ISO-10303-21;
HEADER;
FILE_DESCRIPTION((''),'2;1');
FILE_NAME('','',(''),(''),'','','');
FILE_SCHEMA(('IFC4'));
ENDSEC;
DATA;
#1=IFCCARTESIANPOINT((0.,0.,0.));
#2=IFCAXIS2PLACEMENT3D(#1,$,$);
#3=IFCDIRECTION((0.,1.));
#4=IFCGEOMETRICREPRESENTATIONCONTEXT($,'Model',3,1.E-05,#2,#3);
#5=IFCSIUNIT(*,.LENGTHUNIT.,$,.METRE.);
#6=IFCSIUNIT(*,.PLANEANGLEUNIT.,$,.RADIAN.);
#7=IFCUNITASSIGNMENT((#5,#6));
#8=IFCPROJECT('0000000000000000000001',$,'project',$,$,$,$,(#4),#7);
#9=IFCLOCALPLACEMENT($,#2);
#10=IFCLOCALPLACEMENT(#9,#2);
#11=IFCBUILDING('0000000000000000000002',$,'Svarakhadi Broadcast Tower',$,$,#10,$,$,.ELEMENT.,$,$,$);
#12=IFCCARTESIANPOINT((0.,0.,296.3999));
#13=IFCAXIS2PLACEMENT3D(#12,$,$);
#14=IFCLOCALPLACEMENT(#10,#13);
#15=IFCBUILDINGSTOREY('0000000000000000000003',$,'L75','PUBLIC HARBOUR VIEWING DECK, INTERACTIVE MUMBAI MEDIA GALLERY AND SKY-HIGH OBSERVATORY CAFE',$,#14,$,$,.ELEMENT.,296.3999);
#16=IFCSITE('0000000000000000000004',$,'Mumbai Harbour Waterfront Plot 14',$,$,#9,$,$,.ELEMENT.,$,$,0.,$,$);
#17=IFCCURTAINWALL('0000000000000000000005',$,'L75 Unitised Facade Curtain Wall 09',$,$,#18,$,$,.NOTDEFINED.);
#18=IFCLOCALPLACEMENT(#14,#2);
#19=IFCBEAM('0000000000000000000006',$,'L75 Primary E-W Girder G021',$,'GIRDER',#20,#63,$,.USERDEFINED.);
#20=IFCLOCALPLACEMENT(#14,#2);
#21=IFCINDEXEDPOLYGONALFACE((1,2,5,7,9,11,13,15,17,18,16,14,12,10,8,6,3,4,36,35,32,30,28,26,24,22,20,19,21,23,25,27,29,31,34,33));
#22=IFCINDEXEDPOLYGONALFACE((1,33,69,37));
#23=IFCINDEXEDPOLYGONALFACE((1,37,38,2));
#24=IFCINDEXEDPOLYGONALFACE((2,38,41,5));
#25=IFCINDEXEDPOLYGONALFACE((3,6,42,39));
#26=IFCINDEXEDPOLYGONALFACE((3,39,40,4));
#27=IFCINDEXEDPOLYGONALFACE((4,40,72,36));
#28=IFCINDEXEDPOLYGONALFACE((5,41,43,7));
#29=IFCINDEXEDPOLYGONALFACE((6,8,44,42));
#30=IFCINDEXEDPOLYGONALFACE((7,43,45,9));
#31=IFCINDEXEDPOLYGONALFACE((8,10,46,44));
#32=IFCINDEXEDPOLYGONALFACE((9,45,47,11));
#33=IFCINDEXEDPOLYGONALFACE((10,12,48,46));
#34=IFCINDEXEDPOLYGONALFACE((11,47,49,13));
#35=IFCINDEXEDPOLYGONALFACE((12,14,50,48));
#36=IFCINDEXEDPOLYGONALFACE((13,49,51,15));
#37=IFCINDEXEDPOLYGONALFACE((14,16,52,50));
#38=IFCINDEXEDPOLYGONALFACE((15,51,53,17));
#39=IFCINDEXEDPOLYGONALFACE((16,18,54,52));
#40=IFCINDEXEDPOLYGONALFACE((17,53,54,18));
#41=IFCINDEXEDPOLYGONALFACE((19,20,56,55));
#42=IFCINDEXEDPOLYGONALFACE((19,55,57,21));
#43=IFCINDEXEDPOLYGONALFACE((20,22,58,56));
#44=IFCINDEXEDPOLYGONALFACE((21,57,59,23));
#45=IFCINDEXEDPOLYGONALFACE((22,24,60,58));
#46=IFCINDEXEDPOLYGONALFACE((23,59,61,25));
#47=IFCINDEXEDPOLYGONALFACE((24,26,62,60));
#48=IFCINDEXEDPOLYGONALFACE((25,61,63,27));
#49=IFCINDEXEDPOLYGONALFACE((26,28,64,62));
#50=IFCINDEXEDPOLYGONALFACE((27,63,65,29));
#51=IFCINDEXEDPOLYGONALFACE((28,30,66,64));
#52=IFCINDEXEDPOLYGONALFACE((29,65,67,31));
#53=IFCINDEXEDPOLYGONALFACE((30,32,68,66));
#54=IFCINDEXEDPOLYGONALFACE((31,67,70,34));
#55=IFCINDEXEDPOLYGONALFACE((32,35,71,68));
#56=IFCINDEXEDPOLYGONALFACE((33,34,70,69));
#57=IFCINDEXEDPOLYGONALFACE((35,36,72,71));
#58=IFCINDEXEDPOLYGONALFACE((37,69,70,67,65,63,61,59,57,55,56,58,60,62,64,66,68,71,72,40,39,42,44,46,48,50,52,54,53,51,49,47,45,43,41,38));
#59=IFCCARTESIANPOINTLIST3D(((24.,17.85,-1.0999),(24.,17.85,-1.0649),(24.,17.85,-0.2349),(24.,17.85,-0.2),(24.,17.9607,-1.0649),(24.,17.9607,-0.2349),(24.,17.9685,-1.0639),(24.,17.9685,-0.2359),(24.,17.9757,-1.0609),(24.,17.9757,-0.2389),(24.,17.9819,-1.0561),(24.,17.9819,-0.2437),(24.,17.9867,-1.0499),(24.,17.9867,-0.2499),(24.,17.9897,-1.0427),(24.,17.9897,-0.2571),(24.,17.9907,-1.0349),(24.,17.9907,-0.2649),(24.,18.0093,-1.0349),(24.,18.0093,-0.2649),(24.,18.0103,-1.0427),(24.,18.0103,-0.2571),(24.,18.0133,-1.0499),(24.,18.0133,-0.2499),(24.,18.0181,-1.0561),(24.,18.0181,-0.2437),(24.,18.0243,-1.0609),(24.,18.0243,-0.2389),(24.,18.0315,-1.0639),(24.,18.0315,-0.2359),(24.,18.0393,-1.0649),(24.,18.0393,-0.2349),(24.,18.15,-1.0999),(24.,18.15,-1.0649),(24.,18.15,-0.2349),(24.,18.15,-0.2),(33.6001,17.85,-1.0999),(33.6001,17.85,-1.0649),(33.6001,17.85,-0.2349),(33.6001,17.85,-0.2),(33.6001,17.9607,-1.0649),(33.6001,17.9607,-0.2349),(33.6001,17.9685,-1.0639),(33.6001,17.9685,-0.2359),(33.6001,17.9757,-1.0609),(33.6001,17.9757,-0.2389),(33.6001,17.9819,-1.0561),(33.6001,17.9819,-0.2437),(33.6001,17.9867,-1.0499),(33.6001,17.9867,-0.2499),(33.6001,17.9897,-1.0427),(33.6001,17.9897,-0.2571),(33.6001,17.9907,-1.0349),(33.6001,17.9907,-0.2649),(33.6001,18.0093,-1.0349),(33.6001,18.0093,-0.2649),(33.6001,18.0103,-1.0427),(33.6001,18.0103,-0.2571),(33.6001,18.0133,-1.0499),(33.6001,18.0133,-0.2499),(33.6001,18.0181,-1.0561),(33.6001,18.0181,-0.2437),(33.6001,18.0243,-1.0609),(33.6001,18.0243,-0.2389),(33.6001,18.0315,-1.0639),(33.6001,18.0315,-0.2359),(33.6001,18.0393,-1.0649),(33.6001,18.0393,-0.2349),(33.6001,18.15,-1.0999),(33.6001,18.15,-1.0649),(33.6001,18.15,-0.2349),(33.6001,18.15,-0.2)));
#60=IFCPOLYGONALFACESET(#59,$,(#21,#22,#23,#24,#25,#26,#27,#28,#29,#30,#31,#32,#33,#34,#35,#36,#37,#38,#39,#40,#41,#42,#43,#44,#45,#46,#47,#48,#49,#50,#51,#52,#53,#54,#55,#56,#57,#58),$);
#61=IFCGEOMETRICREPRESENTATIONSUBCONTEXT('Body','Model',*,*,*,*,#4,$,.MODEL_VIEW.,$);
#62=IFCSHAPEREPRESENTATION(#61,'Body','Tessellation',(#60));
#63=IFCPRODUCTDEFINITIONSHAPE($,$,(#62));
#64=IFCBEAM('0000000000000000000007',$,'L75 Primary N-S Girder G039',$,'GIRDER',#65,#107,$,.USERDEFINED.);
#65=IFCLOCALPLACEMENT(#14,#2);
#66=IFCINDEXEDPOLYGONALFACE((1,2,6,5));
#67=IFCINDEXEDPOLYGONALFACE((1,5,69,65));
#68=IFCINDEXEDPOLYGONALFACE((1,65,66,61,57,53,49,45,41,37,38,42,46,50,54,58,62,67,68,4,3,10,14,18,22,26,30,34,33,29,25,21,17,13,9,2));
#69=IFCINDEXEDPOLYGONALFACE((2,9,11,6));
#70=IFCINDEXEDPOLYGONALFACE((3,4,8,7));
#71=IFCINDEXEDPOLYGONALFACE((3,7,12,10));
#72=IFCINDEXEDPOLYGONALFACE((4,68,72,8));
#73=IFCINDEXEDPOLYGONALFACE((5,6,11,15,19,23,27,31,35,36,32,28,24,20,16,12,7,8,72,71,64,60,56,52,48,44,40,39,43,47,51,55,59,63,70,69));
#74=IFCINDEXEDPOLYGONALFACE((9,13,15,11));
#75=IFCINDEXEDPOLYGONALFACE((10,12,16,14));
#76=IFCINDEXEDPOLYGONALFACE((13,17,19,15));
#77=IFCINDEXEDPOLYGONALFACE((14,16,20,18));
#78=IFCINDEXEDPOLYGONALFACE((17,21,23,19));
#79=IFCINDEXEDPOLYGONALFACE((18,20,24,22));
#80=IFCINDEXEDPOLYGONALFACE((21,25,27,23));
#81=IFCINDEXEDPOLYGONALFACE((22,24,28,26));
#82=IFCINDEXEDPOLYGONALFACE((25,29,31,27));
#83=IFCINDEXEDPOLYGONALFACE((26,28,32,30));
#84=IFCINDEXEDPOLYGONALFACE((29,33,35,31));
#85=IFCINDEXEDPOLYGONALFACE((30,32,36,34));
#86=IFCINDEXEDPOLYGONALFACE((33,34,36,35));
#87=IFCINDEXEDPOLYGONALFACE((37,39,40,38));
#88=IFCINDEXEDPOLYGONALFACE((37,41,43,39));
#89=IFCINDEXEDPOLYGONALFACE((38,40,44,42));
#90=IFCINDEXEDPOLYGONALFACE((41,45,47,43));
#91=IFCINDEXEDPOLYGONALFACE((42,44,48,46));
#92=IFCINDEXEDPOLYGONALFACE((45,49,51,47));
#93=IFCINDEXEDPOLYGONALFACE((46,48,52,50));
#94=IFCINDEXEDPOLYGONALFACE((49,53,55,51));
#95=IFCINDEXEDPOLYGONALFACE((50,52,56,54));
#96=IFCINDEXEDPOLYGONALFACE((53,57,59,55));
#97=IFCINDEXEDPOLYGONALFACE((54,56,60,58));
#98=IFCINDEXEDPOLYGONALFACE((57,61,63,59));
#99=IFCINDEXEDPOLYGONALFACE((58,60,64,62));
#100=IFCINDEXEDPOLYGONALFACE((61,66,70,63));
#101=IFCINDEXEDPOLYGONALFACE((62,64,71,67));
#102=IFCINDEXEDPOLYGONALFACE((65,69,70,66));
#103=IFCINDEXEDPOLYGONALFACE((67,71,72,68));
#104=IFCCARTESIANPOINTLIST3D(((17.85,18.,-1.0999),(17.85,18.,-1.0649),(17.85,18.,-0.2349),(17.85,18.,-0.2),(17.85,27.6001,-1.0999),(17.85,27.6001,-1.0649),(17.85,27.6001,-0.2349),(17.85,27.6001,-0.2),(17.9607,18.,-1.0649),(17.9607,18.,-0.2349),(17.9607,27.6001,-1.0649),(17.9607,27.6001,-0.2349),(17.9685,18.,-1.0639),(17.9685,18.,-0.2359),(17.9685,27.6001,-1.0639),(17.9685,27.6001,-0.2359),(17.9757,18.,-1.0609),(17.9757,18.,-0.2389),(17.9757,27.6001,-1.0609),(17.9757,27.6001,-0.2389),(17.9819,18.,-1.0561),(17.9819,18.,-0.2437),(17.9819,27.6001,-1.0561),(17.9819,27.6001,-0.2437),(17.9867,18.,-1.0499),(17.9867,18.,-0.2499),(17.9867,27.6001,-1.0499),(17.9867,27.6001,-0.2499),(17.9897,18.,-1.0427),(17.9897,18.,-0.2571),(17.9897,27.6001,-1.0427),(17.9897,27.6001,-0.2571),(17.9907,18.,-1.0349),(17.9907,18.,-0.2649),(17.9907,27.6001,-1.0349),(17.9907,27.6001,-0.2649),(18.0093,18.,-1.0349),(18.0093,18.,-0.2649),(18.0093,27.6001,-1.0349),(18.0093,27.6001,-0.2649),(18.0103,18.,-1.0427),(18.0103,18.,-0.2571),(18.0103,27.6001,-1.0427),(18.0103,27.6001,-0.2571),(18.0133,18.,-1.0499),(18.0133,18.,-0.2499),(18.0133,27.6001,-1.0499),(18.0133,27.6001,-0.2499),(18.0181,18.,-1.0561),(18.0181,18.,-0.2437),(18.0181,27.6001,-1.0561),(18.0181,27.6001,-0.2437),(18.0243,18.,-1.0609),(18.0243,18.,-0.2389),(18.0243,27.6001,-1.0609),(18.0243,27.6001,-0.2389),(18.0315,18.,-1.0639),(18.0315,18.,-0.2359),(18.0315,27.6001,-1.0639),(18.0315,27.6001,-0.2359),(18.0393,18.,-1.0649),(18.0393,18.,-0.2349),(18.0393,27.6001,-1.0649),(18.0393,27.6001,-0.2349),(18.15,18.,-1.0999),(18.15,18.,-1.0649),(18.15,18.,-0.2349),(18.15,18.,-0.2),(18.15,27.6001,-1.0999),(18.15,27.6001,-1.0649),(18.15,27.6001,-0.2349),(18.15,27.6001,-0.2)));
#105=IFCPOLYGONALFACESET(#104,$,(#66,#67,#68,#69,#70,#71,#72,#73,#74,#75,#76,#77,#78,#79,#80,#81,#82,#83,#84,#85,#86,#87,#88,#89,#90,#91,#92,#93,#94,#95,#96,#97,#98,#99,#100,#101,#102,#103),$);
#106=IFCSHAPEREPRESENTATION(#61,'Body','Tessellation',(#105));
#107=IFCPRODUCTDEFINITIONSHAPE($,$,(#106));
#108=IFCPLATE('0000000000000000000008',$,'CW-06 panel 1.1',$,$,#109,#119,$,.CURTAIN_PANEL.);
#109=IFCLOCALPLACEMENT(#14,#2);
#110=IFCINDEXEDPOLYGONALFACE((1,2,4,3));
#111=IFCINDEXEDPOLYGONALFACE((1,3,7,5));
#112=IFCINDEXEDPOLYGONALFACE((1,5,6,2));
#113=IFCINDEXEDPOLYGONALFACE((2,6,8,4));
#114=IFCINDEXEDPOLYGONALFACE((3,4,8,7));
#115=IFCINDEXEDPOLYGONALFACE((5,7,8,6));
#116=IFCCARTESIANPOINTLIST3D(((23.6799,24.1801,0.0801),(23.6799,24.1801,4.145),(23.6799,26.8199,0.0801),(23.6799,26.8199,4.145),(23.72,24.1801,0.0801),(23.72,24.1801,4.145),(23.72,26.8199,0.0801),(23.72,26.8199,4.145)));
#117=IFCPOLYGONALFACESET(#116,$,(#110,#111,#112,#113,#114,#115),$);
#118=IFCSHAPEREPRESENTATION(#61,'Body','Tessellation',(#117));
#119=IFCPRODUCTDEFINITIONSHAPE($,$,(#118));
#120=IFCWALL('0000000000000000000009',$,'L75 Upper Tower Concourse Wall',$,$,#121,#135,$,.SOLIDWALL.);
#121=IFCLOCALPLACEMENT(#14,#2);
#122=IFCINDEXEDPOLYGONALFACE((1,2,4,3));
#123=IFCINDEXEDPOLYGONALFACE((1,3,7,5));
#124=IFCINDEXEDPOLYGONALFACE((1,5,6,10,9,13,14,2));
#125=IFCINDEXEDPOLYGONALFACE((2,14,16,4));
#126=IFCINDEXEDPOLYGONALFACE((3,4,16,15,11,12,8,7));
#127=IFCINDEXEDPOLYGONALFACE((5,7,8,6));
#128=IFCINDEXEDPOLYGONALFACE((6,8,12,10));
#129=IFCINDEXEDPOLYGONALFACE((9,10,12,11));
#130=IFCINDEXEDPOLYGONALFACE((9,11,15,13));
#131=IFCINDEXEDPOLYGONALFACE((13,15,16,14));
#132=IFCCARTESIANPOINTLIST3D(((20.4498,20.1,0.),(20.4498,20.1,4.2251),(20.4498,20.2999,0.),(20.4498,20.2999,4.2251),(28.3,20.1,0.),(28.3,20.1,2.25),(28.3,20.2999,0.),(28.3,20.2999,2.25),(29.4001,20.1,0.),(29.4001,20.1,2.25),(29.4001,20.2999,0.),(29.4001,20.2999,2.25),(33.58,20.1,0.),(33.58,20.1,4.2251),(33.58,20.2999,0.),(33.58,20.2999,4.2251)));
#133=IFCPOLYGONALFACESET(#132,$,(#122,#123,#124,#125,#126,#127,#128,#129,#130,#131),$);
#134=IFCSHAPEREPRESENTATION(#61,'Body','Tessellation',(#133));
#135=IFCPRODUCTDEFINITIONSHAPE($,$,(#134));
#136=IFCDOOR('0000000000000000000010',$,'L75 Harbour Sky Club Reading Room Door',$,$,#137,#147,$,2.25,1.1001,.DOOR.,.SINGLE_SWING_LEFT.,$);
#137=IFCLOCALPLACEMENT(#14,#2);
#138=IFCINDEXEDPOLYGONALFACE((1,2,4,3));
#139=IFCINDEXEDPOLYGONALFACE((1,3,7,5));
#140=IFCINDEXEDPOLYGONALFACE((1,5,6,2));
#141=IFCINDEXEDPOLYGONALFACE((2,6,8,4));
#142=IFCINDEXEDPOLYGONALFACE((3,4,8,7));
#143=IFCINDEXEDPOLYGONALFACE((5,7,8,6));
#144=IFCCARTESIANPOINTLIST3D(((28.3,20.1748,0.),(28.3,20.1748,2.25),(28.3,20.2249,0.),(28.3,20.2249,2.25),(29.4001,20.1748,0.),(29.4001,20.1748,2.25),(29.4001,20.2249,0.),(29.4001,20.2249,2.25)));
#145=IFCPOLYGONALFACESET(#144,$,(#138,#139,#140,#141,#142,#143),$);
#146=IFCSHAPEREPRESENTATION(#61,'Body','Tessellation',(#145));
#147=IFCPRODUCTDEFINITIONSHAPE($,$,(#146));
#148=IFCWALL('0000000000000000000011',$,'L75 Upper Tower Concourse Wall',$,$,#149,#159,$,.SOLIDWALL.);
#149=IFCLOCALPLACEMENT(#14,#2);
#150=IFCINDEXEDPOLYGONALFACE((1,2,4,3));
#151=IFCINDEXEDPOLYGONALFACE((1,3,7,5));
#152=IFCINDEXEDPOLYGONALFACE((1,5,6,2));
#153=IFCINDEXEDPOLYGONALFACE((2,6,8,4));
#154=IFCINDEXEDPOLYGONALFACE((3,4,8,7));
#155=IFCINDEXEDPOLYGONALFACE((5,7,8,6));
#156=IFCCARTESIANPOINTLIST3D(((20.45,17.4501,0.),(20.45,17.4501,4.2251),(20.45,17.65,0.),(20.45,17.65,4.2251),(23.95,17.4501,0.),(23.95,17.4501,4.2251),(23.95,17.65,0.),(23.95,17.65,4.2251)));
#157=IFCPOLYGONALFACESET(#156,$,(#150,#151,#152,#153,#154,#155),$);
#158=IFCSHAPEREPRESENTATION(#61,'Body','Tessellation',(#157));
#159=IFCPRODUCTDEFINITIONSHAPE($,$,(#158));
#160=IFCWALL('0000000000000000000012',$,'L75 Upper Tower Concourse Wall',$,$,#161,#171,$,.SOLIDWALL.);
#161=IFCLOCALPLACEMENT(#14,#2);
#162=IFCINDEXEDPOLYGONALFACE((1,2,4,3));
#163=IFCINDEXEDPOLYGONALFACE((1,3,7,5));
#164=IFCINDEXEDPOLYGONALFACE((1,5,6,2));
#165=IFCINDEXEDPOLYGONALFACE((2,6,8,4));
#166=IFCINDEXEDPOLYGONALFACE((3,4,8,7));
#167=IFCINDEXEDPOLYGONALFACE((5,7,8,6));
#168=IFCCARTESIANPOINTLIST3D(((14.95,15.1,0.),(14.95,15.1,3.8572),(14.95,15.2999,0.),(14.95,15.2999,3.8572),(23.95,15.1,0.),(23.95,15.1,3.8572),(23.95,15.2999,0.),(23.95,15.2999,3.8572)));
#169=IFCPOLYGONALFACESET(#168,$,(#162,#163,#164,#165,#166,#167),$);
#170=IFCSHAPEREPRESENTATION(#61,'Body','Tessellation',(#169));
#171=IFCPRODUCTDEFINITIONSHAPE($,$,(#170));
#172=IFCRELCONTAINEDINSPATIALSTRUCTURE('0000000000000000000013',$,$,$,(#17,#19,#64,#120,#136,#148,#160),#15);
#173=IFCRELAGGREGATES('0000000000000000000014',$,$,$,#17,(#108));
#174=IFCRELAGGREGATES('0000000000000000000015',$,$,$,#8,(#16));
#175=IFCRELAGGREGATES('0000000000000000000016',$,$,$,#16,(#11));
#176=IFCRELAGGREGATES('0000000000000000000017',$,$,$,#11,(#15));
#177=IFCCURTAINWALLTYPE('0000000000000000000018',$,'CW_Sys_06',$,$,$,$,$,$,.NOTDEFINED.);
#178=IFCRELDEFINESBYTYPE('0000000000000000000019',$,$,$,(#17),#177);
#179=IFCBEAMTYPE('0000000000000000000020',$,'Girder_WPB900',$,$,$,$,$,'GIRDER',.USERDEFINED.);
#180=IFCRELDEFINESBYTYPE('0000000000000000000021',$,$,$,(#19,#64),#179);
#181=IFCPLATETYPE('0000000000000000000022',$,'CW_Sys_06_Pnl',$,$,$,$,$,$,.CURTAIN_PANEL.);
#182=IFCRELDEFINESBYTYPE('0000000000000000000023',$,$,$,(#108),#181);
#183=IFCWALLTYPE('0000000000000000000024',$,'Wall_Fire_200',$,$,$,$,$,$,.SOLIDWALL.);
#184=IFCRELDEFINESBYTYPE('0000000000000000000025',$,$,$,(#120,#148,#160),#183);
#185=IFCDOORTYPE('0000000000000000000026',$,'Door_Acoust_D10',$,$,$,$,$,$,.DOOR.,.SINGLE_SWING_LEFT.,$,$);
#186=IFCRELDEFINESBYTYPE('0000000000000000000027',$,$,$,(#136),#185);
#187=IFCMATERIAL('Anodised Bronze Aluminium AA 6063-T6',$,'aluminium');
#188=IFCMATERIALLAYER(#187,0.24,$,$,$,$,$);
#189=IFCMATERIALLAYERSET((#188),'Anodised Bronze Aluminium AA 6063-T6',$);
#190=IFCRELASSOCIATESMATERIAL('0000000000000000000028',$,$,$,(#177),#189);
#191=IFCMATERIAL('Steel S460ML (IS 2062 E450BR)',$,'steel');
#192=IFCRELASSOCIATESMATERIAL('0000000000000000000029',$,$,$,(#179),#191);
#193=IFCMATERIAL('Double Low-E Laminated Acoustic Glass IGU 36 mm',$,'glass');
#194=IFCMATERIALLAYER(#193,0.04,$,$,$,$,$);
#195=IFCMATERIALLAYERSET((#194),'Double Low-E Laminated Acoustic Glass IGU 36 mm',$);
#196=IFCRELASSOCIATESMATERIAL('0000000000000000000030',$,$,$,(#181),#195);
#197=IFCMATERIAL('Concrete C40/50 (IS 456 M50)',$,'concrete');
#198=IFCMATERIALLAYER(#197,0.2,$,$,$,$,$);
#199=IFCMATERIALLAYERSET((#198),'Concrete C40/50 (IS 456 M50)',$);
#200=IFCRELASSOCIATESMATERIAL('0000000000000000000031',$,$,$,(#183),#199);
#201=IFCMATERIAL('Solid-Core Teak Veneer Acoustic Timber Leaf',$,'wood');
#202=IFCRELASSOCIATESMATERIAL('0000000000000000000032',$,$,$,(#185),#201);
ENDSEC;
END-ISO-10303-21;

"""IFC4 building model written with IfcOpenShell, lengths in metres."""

from ifc_helpers import new_model, si_unit, direction, frame, frame_2d, origin, origin_2d, place, context, subcontext, project, spatial, rectangle, i_section, extrude, material, layer, layer_set, material_profile, profile_set, type_object, element, fill, aggregate, save


model = new_model("IFC4")

# Units and contexts
model_context = context("Model", 3, precision=1e-05, world=origin(), true_north=direction((0.0, 1.0)))
body_context = subcontext(model_context, "Body", "Model", "MODEL_VIEW")
ifc_project = project(units=[si_unit("LENGTHUNIT", "METRE"), si_unit("PLANEANGLEUNIT", "RADIAN")], contexts=[model_context])

# Site, building, storey
site_placement = place(None, origin())
site = spatial("IfcSite", under=ifc_project, at=site_placement, Name="Mumbai Harbour Waterfront Plot 14", CompositionType="ELEMENT", RefElevation=0.0)
building_placement = place(site_placement, origin())
building = spatial("IfcBuilding", under=site, at=building_placement, Name="Svarakhadi Broadcast Tower", CompositionType="ELEMENT")
storey_placement = place(building_placement, frame((0.0, 0.0, 296.3999)))
storey = spatial("IfcBuildingStorey", under=building, at=storey_placement, Name="L75", Description="PUBLIC HARBOUR VIEWING DECK, INTERACTIVE MUMBAI MEDIA GALLERY AND SKY-HIGH OBSERVATORY CAFE", CompositionType="ELEMENT", Elevation=296.3999)

# Curtain wall
ifc_material_1 = material(Name="Anodised Bronze Aluminium AA 6063-T6", Category="aluminium")
ifc_layer_1 = layer(ifc_material_1, 0.24)
ifc_layer_set_1 = layer_set([ifc_layer_1], Name="Anodised Bronze Aluminium AA 6063-T6")
curtain_wall_type = type_object("IfcCurtainWallType", Name="CW_Sys_06", PredefinedType="NOTDEFINED", material=ifc_layer_set_1)
curtain_wall_1_placement = place(storey_placement, origin())
curtain_wall_1 = element("IfcCurtainWall", 1, at=curtain_wall_1_placement, inside=storey, type_object=curtain_wall_type, Name="L75 Unitised Facade Curtain Wall 09", PredefinedType="NOTDEFINED")

# Beams
ifc_material_2 = material(Name="Steel S460ML (IS 2062 E450BR)", Category="steel")
ifc_material_profile_1 = material_profile(ifc_material_2, i_section(OverallWidth=0.3, OverallDepth=0.8999, WebThickness=0.0186, FlangeThickness=0.0349, FilletRadius=0.03, at=origin_2d()), Name="WPB 900x300x291")
ifc_profile_set_1 = profile_set([ifc_material_profile_1], Name="Steel S460ML (IS 2062 E450BR)")
beam_type_1 = type_object("IfcBeamType", Name="Girder_WPB900", ElementType="GIRDER", PredefinedType="USERDEFINED", material=ifc_profile_set_1)
for number, where, z_axis, x_axis, name in (
    (2, (24.0, 18.0, -0.6499), (1.0, 0.0, 0.0), (0.0, 1.0, 0.0), "L75 Primary E-W Girder G021"),
    (3, (18.0, 18.0, -0.6499), (0.0, 1.0, 0.0), (-1.0, 0.0, 0.0), "L75 Primary N-S Girder G039"),
):
    element("IfcBeam", number, at=place(storey_placement, frame(where, z_axis=z_axis, x_axis=x_axis)), inside=storey, type_object=beam_type_1, Name=name, ObjectType="GIRDER", PredefinedType="USERDEFINED", context=body_context, shape_type="SweptSolid", body=[
        extrude(i_section(OverallWidth=0.3, OverallDepth=0.8999, WebThickness=0.0186, FlangeThickness=0.0349, FilletRadius=0.03, at=origin_2d()), origin(), (0.0, 0.0, 1.0), 9.6001),
    ])

# Plate
ifc_material_3 = material(Name="Double Low-E Laminated Acoustic Glass IGU 36 mm", Category="glass")
ifc_layer_2 = layer(ifc_material_3, 0.04)
ifc_layer_set_2 = layer_set([ifc_layer_2], Name="Double Low-E Laminated Acoustic Glass IGU 36 mm")
plate_type = type_object("IfcPlateType", Name="CW_Sys_06_Pnl", PredefinedType="CURTAIN_PANEL", material=ifc_layer_set_2)
plate_placement = place(storey_placement, frame((23.7, 25.5, 0.0801), z_axis=(0.0, 0.0, 1.0), x_axis=(0.0, -1.0, 0.0)))
plate = element("IfcPlate", 4, at=plate_placement, type_object=plate_type, Name="CW-06 panel 1.1", PredefinedType="CURTAIN_PANEL", context=body_context, shape_type="SweptSolid", body=[
    extrude(rectangle(XDim=2.6399, YDim=0.04, at=origin_2d()), origin(), (0.0, 0.0, 1.0), 4.0649),
])
aggregate(curtain_wall_1, [plate])

# Wall, opening, door
ifc_material_4 = material(Name="Concrete C40/50 (IS 456 M50)", Category="concrete")
ifc_layer_3 = layer(ifc_material_4, 0.2)
ifc_layer_set_3 = layer_set([ifc_layer_3], Name="Concrete C40/50 (IS 456 M50)")
wall_type_1 = type_object("IfcWallType", Name="Wall_Fire_200", PredefinedType="SOLIDWALL", material=ifc_layer_set_3)
wall_1_placement = place(storey_placement, frame((20.45, 20.2, 0.0), z_axis=(0.0, 0.0, 1.0), x_axis=(1.0, 0.0, 0.0)))
wall_1 = element("IfcWall", 5, at=wall_1_placement, inside=storey, type_object=wall_type_1, Name="L75 Upper Tower Concourse Wall", PredefinedType="SOLIDWALL", context=body_context, shape_type="SweptSolid", body=[
    extrude(rectangle(XDim=13.1301, YDim=0.2, at=frame_2d((6.5649, 0.0))), origin(), (0.0, 0.0, 1.0), 4.2251),
])
opening_1_placement = place(wall_1_placement, frame((7.8501, 0.0, 0.0)))
opening_1 = element("IfcOpeningElement", 6, at=opening_1_placement, cuts=wall_1, PredefinedType="OPENING", context=body_context, shape_type="SweptSolid", body=[
    extrude(rectangle(XDim=1.1001, YDim=2.25, at=frame_2d((0.55, 1.125))), frame((0.0, 0.1099, 0.0), z_axis=(0.0, -1.0, 0.0), x_axis=(1.0, 0.0, 0.0)), (0.0, 0.0, 1.0), 0.22),
])
ifc_material_5 = material(Name="Solid-Core Teak Veneer Acoustic Timber Leaf", Category="wood")
door_type_1 = type_object("IfcDoorType", Name="Door_Acoust_D10", OperationType="SINGLE_SWING_LEFT", PredefinedType="DOOR", material=ifc_material_5)
door_1_placement = place(opening_1_placement, origin())
door_1 = element("IfcDoor", 7, at=door_1_placement, inside=storey, type_object=door_type_1, Name="L75 Harbour Sky Club Reading Room Door", OperationType="SINGLE_SWING_LEFT", OverallHeight=2.25, OverallWidth=1.1001, PredefinedType="DOOR", context=body_context, shape_type="SweptSolid", body=[
    extrude(rectangle(XDim=1.1001, YDim=2.25, at=frame_2d((0.55, 1.125))), frame((0.0, 0.0249, 0.0), z_axis=(0.0, -1.0, 0.0), x_axis=(1.0, 0.0, 0.0)), (0.0, 0.0, 1.0), 0.05),
])
fill(opening_1, door_1)

# Walls
wall_2_placement = place(storey_placement, frame((20.45, 17.55, 0.0), z_axis=(0.0, 0.0, 1.0), x_axis=(1.0, 0.0, 0.0)))
element("IfcWall", 8, at=wall_2_placement, inside=storey, type_object=wall_type_1, Name="L75 Upper Tower Concourse Wall", PredefinedType="SOLIDWALL", context=body_context, shape_type="SweptSolid", body=[
    extrude(rectangle(XDim=3.5, YDim=0.2, at=frame_2d((1.75, 0.0))), origin(), (0.0, 0.0, 1.0), 4.2251),
])
wall_3_placement = place(storey_placement, frame((23.95, 15.2, 0.0), z_axis=(0.0, 0.0, 1.0), x_axis=(-1.0, 0.0, 0.0)))
element("IfcWall", 9, at=wall_3_placement, inside=storey, type_object=wall_type_1, Name="L75 Upper Tower Concourse Wall", PredefinedType="SOLIDWALL", context=body_context, shape_type="SweptSolid", body=[
    extrude(rectangle(XDim=9.0, YDim=0.2, at=frame_2d((4.5, 0.0))), origin(), (0.0, 0.0, 1.0), 3.8572),
])

save(model, "model.ifc")
